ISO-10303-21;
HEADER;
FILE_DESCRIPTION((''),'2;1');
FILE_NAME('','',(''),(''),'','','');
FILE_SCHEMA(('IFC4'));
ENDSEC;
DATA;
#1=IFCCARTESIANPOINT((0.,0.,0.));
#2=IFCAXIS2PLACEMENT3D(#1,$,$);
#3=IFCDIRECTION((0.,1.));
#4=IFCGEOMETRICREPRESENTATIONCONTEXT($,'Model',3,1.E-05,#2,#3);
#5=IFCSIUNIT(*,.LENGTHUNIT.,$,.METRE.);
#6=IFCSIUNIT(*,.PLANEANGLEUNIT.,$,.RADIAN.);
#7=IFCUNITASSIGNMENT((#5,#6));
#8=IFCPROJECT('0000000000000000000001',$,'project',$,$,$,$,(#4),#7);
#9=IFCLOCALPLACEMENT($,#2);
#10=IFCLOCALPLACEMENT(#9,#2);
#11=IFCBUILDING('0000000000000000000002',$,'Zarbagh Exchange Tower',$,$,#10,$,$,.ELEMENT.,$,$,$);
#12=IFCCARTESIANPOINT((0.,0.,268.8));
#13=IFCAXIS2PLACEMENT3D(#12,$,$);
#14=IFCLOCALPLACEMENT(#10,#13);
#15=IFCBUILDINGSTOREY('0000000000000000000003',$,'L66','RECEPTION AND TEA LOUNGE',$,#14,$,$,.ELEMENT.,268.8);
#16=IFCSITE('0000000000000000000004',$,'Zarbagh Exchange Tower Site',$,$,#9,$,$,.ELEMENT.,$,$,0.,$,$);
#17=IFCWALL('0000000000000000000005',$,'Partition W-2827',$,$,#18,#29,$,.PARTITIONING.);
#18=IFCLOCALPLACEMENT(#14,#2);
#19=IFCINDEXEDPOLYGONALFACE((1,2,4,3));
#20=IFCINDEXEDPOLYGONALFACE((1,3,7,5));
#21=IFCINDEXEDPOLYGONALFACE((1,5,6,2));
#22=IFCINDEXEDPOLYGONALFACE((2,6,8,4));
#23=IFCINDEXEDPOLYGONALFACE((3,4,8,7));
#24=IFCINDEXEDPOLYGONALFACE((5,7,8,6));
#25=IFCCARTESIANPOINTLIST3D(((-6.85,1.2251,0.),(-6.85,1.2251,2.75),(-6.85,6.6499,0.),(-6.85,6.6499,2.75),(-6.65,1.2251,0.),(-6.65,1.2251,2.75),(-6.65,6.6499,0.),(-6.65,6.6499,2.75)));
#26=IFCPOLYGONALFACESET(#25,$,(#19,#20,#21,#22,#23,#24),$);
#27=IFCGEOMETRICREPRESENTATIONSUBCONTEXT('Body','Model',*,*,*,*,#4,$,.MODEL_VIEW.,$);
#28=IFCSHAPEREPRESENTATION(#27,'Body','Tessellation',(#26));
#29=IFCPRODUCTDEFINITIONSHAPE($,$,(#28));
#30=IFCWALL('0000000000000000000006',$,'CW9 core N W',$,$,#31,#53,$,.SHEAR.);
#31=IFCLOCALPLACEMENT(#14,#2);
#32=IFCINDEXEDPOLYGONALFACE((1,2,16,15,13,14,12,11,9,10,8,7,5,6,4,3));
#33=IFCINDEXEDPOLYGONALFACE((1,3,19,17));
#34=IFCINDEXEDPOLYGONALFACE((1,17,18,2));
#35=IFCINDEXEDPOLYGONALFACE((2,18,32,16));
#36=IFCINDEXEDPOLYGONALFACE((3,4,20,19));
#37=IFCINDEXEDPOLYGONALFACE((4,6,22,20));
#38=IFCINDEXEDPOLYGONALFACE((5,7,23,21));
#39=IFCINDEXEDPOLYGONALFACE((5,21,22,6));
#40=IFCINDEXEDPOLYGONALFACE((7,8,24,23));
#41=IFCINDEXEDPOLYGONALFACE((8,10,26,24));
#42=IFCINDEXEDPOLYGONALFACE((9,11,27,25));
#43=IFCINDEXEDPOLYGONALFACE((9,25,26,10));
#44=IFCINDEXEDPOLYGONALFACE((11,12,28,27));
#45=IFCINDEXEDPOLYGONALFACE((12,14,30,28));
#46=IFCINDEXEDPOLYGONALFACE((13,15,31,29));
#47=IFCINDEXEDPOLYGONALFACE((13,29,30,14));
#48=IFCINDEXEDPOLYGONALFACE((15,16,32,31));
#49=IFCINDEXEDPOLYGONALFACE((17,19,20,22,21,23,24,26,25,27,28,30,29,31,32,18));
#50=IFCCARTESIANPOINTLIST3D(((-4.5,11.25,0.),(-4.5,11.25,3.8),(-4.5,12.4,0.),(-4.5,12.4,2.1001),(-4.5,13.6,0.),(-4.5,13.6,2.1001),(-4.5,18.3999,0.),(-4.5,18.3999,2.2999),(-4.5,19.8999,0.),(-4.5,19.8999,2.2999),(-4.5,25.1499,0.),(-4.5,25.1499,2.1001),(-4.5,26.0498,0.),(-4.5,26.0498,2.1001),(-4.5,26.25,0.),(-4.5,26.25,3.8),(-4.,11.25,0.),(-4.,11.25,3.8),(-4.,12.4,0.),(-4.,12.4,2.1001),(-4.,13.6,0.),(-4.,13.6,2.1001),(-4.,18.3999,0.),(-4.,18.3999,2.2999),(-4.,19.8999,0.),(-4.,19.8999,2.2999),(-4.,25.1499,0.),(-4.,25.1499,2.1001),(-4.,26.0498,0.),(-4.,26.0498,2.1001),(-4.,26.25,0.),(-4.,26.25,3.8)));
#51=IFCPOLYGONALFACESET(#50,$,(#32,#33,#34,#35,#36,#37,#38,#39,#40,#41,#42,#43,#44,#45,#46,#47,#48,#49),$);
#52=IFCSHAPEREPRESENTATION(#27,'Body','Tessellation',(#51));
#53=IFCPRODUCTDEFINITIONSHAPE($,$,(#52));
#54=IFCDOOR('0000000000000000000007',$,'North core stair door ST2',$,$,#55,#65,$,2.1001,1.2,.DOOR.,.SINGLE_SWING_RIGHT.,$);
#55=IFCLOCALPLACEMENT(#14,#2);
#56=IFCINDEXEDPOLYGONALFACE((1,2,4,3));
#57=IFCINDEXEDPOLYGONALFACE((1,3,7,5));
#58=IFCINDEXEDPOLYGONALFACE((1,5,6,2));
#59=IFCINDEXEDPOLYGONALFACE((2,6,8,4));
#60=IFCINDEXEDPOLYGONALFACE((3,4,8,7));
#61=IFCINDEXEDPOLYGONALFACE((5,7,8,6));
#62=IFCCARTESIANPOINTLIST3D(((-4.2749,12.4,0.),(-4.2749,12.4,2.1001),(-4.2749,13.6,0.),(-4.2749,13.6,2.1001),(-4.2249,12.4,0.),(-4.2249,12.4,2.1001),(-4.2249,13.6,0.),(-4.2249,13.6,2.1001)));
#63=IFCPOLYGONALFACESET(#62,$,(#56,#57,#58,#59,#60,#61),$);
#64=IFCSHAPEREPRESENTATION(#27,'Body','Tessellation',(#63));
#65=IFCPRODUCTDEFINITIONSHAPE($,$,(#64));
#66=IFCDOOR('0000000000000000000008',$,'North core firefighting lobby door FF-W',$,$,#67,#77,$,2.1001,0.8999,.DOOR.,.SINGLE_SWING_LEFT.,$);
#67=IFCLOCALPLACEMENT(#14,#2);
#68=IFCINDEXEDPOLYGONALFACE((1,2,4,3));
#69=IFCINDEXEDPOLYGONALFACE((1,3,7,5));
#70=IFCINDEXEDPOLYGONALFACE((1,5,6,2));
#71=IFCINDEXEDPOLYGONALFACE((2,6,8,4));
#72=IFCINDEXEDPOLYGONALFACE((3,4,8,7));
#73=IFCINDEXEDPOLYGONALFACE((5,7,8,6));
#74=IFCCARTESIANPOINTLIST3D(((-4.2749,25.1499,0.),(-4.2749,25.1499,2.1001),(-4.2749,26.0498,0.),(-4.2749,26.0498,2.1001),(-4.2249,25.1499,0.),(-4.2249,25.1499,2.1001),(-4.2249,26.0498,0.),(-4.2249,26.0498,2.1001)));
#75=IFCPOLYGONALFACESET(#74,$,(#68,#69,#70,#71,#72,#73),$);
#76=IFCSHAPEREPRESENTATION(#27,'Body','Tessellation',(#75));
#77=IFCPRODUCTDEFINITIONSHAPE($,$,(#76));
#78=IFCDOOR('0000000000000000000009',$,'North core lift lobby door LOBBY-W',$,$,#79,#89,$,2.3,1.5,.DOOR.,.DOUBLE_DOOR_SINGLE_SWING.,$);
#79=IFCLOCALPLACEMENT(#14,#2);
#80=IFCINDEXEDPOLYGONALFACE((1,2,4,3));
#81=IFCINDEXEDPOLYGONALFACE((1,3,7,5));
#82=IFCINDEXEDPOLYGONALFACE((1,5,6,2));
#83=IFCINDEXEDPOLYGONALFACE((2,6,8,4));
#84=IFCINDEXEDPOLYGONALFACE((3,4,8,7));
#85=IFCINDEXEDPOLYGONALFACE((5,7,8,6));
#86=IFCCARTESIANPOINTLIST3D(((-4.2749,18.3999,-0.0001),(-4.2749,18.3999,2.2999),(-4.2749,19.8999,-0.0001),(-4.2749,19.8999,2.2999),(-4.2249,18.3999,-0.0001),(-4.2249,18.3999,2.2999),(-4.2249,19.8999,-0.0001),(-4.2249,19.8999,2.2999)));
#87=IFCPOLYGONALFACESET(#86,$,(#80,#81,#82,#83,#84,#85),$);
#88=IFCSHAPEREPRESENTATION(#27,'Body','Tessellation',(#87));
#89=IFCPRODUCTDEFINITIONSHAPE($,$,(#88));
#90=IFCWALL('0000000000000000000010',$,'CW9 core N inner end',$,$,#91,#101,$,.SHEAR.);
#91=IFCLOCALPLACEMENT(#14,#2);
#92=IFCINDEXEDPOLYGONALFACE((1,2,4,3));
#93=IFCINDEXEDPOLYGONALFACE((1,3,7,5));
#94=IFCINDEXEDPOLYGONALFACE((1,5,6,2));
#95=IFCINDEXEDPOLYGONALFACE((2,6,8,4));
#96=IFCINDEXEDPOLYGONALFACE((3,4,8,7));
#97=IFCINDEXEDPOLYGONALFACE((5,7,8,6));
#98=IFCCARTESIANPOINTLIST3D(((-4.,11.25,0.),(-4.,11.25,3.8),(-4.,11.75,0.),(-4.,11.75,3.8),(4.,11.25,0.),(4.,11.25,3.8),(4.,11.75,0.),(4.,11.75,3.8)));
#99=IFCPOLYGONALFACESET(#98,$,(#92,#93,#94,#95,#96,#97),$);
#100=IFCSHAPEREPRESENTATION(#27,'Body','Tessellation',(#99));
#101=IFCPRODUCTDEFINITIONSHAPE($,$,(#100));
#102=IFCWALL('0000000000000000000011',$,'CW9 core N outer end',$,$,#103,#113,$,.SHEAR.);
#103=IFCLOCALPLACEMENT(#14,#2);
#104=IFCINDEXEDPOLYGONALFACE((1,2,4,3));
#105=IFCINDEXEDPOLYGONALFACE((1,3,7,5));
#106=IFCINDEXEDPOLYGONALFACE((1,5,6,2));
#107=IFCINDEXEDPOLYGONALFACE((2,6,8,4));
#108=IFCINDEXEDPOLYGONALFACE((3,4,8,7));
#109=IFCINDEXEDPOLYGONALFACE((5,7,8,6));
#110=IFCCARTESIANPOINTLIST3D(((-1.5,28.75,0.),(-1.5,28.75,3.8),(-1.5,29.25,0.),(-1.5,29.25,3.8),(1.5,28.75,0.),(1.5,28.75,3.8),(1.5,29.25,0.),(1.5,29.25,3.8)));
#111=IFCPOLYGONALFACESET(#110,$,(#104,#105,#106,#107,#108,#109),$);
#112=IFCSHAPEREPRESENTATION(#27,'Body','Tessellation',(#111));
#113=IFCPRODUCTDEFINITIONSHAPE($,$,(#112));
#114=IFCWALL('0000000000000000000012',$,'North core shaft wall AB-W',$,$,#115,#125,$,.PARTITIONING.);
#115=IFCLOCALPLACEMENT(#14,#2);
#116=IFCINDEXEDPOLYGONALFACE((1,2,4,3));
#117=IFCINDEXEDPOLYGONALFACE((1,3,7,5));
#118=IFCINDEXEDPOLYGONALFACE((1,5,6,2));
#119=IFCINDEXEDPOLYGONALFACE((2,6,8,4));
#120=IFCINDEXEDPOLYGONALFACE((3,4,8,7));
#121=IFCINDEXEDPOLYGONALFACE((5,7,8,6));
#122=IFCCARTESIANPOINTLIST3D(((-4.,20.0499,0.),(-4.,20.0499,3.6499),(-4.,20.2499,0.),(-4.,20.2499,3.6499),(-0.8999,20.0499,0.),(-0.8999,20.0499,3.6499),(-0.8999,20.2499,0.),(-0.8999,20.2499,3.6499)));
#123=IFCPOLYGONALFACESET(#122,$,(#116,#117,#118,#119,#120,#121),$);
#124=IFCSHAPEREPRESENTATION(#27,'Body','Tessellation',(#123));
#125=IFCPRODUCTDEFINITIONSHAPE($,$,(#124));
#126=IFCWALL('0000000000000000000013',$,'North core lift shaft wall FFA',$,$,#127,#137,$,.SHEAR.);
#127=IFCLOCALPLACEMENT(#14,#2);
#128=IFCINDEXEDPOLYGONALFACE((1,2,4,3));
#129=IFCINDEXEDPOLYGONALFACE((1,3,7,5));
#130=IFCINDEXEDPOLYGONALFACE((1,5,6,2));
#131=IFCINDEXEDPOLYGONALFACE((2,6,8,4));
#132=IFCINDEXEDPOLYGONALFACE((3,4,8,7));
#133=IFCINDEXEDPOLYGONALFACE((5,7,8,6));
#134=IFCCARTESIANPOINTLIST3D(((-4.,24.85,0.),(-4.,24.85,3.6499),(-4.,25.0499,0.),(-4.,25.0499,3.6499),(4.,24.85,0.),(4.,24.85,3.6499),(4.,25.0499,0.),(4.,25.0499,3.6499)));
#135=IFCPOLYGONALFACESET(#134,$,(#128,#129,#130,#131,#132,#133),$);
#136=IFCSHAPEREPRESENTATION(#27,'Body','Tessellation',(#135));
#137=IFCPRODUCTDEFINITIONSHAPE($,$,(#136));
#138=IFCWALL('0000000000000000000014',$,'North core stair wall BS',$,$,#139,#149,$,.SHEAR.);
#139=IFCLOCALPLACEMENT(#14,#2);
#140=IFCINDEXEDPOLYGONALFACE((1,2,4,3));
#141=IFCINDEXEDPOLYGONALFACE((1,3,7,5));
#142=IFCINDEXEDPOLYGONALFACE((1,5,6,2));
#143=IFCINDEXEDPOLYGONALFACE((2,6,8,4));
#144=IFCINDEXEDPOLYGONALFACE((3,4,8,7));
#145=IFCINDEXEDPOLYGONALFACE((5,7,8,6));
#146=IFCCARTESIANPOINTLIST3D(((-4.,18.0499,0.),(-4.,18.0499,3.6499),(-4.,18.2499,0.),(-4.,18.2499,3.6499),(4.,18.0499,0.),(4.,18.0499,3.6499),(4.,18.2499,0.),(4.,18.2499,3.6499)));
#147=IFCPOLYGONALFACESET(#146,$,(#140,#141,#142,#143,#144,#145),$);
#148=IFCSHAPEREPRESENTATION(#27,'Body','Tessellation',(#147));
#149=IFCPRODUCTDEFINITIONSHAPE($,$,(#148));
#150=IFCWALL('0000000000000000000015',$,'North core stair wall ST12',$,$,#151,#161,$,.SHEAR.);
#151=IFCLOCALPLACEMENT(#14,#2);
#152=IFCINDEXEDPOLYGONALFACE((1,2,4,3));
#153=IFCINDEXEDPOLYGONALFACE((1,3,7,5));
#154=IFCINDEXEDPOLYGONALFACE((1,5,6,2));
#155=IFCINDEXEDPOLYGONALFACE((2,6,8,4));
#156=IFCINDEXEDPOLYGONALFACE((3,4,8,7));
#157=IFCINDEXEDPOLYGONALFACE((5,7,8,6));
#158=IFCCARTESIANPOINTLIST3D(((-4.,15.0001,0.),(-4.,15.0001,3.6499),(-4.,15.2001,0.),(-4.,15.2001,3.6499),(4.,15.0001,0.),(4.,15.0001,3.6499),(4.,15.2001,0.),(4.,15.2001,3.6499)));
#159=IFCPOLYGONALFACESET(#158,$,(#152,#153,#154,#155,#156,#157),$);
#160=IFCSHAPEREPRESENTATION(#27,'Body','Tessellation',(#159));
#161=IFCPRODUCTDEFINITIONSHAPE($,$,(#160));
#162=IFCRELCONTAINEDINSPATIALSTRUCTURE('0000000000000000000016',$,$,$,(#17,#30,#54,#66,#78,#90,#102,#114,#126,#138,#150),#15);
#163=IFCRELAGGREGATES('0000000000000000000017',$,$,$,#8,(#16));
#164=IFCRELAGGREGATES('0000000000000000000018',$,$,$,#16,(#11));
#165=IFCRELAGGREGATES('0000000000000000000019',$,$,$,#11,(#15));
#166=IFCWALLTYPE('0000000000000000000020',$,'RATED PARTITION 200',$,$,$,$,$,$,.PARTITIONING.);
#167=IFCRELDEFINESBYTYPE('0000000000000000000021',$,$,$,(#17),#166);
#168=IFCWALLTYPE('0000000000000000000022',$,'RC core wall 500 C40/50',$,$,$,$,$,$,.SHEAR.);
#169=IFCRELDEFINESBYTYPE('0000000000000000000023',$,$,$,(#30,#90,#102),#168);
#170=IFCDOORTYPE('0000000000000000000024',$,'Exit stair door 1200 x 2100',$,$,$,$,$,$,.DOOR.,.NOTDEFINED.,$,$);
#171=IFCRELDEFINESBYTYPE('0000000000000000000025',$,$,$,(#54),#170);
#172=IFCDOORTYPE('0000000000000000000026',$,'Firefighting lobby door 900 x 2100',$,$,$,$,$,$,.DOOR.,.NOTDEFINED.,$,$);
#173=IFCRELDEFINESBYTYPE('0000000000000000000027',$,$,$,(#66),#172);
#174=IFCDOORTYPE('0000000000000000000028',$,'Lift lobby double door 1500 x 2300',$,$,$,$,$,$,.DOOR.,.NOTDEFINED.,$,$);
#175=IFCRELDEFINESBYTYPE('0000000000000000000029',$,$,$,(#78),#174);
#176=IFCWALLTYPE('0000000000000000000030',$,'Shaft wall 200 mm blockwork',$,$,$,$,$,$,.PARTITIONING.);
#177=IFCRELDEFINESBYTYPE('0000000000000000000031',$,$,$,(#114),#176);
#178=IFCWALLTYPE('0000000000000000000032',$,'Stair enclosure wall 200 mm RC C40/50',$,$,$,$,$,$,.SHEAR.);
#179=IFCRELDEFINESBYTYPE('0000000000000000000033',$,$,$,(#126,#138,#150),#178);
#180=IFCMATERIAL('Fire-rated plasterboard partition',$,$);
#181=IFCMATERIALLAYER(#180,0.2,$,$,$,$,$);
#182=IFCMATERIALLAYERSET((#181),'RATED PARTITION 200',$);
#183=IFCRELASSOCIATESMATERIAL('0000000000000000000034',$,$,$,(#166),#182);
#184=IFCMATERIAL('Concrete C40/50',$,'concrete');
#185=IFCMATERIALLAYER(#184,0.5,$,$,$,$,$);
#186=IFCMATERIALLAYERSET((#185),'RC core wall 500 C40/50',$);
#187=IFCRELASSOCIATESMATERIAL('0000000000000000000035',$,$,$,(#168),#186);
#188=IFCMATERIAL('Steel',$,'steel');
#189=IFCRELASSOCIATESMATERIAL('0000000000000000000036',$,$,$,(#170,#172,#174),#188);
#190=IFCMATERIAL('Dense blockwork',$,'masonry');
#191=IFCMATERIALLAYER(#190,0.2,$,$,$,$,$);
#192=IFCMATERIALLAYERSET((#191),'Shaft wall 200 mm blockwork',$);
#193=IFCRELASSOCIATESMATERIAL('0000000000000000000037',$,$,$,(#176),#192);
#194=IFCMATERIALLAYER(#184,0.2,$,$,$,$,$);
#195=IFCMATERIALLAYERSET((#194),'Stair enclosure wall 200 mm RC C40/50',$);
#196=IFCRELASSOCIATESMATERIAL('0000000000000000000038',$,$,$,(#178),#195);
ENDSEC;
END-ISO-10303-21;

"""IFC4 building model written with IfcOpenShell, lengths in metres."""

from ifc_helpers import new_model, si_unit, direction, frame, frame_2d, origin, place, context, subcontext, project, spatial, rectangle, extrude, material, layer, layer_set, type_object, element, fill, save


model = new_model("IFC4")

# Units and contexts
model_context = context("Model", 3, precision=1e-05, world=origin(), true_north=direction((0.0, 1.0)))
body_context = subcontext(model_context, "Body", "Model", "MODEL_VIEW")
ifc_project = project(units=[si_unit("LENGTHUNIT", "METRE"), si_unit("PLANEANGLEUNIT", "RADIAN")], contexts=[model_context])

# Site, building, storey
site_placement = place(None, origin())
site = spatial("IfcSite", under=ifc_project, at=site_placement, Name="Zarbagh Exchange Tower Site", CompositionType="ELEMENT", RefElevation=0.0)
building_placement = place(site_placement, origin())
building = spatial("IfcBuilding", under=site, at=building_placement, Name="Zarbagh Exchange Tower", CompositionType="ELEMENT")
storey_placement = place(building_placement, frame((0.0, 0.0, 268.8)))
storey = spatial("IfcBuildingStorey", under=building, at=storey_placement, Name="L66", Description="RECEPTION AND TEA LOUNGE", CompositionType="ELEMENT", Elevation=268.8)

# Shared definitions
ifc_material_1 = material(Name="Concrete C40/50", Category="concrete")

# Shared definitions
ifc_material_2 = material(Name="Dense blockwork", Category="masonry")
ifc_material_3 = material(Name="Fire-rated plasterboard partition")
ifc_layer_1 = layer(ifc_material_3, 0.2)
ifc_layer_set_1 = layer_set([ifc_layer_1], Name="RATED PARTITION 200")
wall_type_1 = type_object("IfcWallType", Name="RATED PARTITION 200", PredefinedType="PARTITIONING", material=ifc_layer_set_1)

# Wall
wall_1_placement = place(storey_placement, frame((-6.75, 1.2251, 0.0), z_axis=(0.0, 0.0, 1.0), x_axis=(0.0, 1.0, 0.0)))
element("IfcWall", 1, at=wall_1_placement, inside=storey, type_object=wall_type_1, Name="Partition W-2827", PredefinedType="PARTITIONING", context=body_context, shape_type="SweptSolid", body=[
    extrude(rectangle(XDim=5.4248, YDim=0.2, at=frame_2d((2.7124, 0.0))), origin(), (0.0, 0.0, 1.0), 2.75),
])

# Wall, openings, doors
ifc_layer_2 = layer(ifc_material_1, 0.5)
ifc_layer_set_2 = layer_set([ifc_layer_2], Name="RC core wall 500 C40/50")
wall_type_2 = type_object("IfcWallType", Name="RC core wall 500 C40/50", PredefinedType="SHEAR", material=ifc_layer_set_2)
wall_2_placement = place(storey_placement, frame((-4.25, 11.25, 0.0), z_axis=(0.0, 0.0, 1.0), x_axis=(0.0, 1.0, 0.0)))
wall_2 = element("IfcWall", 2, at=wall_2_placement, inside=storey, type_object=wall_type_2, Name="CW9 core N W", PredefinedType="SHEAR", context=body_context, shape_type="SweptSolid", body=[
    extrude(rectangle(XDim=15.0, YDim=0.5, at=frame_2d((7.5, 0.0))), origin(), (0.0, 0.0, 1.0), 3.8),
])
opening_1_placement = place(wall_2_placement, frame((7.1499, 0.0, 0.0)))
opening_1 = element("IfcOpeningElement", 3, at=opening_1_placement, cuts=wall_2, PredefinedType="OPENING", context=body_context, shape_type="SweptSolid", body=[
    extrude(rectangle(XDim=1.5, YDim=2.3, at=frame_2d((0.75, 1.1499))), frame((0.0, 0.26, 0.0), z_axis=(0.0, -1.0, 0.0), x_axis=(1.0, 0.0, 0.0)), (0.0, 0.0, 1.0), 0.52),
])
opening_2_placement = place(wall_2_placement, frame((13.8999, 0.0, 0.0)))
opening_2 = element("IfcOpeningElement", 4, at=opening_2_placement, cuts=wall_2, PredefinedType="OPENING", context=body_context, shape_type="SweptSolid", body=[
    extrude(rectangle(XDim=0.8999, YDim=2.1001, at=frame_2d((0.45, 1.05))), frame((0.0, 0.26, 0.0), z_axis=(0.0, -1.0, 0.0), x_axis=(1.0, 0.0, 0.0)), (0.0, 0.0, 1.0), 0.52),
])
opening_3_placement = place(wall_2_placement, frame((1.1499, 0.0, 0.0)))
opening_3 = element("IfcOpeningElement", 5, at=opening_3_placement, cuts=wall_2, PredefinedType="OPENING", context=body_context, shape_type="SweptSolid", body=[
    extrude(rectangle(XDim=1.2, YDim=2.1001, at=frame_2d((0.6001, 1.05))), frame((0.0, 0.26, 0.0), z_axis=(0.0, -1.0, 0.0), x_axis=(1.0, 0.0, 0.0)), (0.0, 0.0, 1.0), 0.52),
])
ifc_material_4 = material(Name="Steel", Category="steel")
door_type_1 = type_object("IfcDoorType", Name="Exit stair door 1200 x 2100", OperationType="NOTDEFINED", PredefinedType="DOOR", material=ifc_material_4)
door_1_placement = place(opening_3_placement, origin())
door_1 = element("IfcDoor", 6, at=door_1_placement, inside=storey, type_object=door_type_1, Name="North core stair door ST2", OperationType="SINGLE_SWING_RIGHT", OverallHeight=2.1001, OverallWidth=1.2, PredefinedType="DOOR", context=body_context, shape_type="SweptSolid", body=[
    extrude(rectangle(XDim=1.2, YDim=2.1001, at=frame_2d((0.6001, 1.05))), frame((0.0, 0.0249, 0.0), z_axis=(0.0, -1.0, 0.0), x_axis=(1.0, 0.0, 0.0)), (0.0, 0.0, 1.0), 0.05),
])
fill(opening_3, door_1)
door_type_2 = type_object("IfcDoorType", Name="Firefighting lobby door 900 x 2100", OperationType="NOTDEFINED", PredefinedType="DOOR", material=ifc_material_4)
door_2_placement = place(opening_2_placement, origin())
door_2 = element("IfcDoor", 7, at=door_2_placement, inside=storey, type_object=door_type_2, Name="North core firefighting lobby door FF-W", OperationType="SINGLE_SWING_LEFT", OverallHeight=2.1001, OverallWidth=0.8999, PredefinedType="DOOR", context=body_context, shape_type="SweptSolid", body=[
    extrude(rectangle(XDim=0.8999, YDim=2.1001, at=frame_2d((0.45, 1.05))), frame((0.0, 0.0249, 0.0), z_axis=(0.0, -1.0, 0.0), x_axis=(1.0, 0.0, 0.0)), (0.0, 0.0, 1.0), 0.05),
])
fill(opening_2, door_2)
door_type_3 = type_object("IfcDoorType", Name="Lift lobby double door 1500 x 2300", OperationType="NOTDEFINED", PredefinedType="DOOR", material=ifc_material_4)
door_3_placement = place(opening_1_placement, origin())
door_3 = element("IfcDoor", 8, at=door_3_placement, inside=storey, type_object=door_type_3, Name="North core lift lobby door LOBBY-W", OperationType="DOUBLE_DOOR_SINGLE_SWING", OverallHeight=2.3, OverallWidth=1.5, PredefinedType="DOOR", context=body_context, shape_type="SweptSolid", body=[
    extrude(rectangle(XDim=1.5, YDim=2.3, at=frame_2d((0.75, 1.1499))), frame((0.0, 0.0249, 0.0), z_axis=(0.0, -1.0, 0.0), x_axis=(1.0, 0.0, 0.0)), (0.0, 0.0, 1.0), 0.05),
])
fill(opening_1, door_3)

# Walls
wall_3_placement = place(storey_placement, frame((-4.0, 11.5, 0.0), z_axis=(0.0, 0.0, 1.0), x_axis=(1.0, 0.0, 0.0)))
element("IfcWall", 9, at=wall_3_placement, inside=storey, type_object=wall_type_2, Name="CW9 core N inner end", PredefinedType="SHEAR", context=body_context, shape_type="SweptSolid", body=[
    extrude(rectangle(XDim=8.0, YDim=0.5, at=frame_2d((4.0, 0.0))), origin(), (0.0, 0.0, 1.0), 3.8),
])
wall_4_placement = place(storey_placement, frame((-1.5, 29.0, 0.0), z_axis=(0.0, 0.0, 1.0), x_axis=(1.0, 0.0, 0.0)))
element("IfcWall", 10, at=wall_4_placement, inside=storey, type_object=wall_type_2, Name="CW9 core N outer end", PredefinedType="SHEAR", context=body_context, shape_type="SweptSolid", body=[
    extrude(rectangle(XDim=3.0, YDim=0.5, at=frame_2d((1.5, 0.0))), origin(), (0.0, 0.0, 1.0), 3.8),
])
ifc_layer_3 = layer(ifc_material_2, 0.2)
ifc_layer_set_3 = layer_set([ifc_layer_3], Name="Shaft wall 200 mm blockwork")
wall_type_3 = type_object("IfcWallType", Name="Shaft wall 200 mm blockwork", PredefinedType="PARTITIONING", material=ifc_layer_set_3)
wall_5_placement = place(storey_placement, frame((-4.0, 20.1499, 0.0), z_axis=(0.0, 0.0, 1.0), x_axis=(1.0, 0.0, 0.0)))
element("IfcWall", 11, at=wall_5_placement, inside=storey, type_object=wall_type_3, Name="North core shaft wall AB-W", PredefinedType="PARTITIONING", context=body_context, shape_type="SweptSolid", body=[
    extrude(rectangle(XDim=3.1001, YDim=0.2, at=frame_2d((1.55, 0.0))), origin(), (0.0, 0.0, 1.0), 3.6499),
])
ifc_layer_4 = layer(ifc_material_1, 0.2)
ifc_layer_set_4 = layer_set([ifc_layer_4], Name="Stair enclosure wall 200 mm RC C40/50")
wall_type_4 = type_object("IfcWallType", Name="Stair enclosure wall 200 mm RC C40/50", PredefinedType="SHEAR", material=ifc_layer_set_4)
for number, where, z_axis, x_axis, name in (
    (12, (-4.0, 24.95, 0.0), (0.0, 0.0, 1.0), (1.0, 0.0, 0.0), "North core lift shaft wall FFA"),
    (13, (-4.0, 18.1499, 0.0), (0.0, 0.0, 1.0), (1.0, 0.0, 0.0), "North core stair wall BS"),
    (14, (-4.0, 15.1001, 0.0), (0.0, 0.0, 1.0), (1.0, 0.0, 0.0), "North core stair wall ST12"),
):
    element("IfcWall", number, at=place(storey_placement, frame(where, z_axis=z_axis, x_axis=x_axis)), inside=storey, type_object=wall_type_4, Name=name, PredefinedType="SHEAR", context=body_context, shape_type="SweptSolid", body=[
        extrude(rectangle(XDim=8.0, YDim=0.2, at=frame_2d((4.0, 0.0))), origin(), (0.0, 0.0, 1.0), 3.6499),
    ])

save(model, "model.ifc")
